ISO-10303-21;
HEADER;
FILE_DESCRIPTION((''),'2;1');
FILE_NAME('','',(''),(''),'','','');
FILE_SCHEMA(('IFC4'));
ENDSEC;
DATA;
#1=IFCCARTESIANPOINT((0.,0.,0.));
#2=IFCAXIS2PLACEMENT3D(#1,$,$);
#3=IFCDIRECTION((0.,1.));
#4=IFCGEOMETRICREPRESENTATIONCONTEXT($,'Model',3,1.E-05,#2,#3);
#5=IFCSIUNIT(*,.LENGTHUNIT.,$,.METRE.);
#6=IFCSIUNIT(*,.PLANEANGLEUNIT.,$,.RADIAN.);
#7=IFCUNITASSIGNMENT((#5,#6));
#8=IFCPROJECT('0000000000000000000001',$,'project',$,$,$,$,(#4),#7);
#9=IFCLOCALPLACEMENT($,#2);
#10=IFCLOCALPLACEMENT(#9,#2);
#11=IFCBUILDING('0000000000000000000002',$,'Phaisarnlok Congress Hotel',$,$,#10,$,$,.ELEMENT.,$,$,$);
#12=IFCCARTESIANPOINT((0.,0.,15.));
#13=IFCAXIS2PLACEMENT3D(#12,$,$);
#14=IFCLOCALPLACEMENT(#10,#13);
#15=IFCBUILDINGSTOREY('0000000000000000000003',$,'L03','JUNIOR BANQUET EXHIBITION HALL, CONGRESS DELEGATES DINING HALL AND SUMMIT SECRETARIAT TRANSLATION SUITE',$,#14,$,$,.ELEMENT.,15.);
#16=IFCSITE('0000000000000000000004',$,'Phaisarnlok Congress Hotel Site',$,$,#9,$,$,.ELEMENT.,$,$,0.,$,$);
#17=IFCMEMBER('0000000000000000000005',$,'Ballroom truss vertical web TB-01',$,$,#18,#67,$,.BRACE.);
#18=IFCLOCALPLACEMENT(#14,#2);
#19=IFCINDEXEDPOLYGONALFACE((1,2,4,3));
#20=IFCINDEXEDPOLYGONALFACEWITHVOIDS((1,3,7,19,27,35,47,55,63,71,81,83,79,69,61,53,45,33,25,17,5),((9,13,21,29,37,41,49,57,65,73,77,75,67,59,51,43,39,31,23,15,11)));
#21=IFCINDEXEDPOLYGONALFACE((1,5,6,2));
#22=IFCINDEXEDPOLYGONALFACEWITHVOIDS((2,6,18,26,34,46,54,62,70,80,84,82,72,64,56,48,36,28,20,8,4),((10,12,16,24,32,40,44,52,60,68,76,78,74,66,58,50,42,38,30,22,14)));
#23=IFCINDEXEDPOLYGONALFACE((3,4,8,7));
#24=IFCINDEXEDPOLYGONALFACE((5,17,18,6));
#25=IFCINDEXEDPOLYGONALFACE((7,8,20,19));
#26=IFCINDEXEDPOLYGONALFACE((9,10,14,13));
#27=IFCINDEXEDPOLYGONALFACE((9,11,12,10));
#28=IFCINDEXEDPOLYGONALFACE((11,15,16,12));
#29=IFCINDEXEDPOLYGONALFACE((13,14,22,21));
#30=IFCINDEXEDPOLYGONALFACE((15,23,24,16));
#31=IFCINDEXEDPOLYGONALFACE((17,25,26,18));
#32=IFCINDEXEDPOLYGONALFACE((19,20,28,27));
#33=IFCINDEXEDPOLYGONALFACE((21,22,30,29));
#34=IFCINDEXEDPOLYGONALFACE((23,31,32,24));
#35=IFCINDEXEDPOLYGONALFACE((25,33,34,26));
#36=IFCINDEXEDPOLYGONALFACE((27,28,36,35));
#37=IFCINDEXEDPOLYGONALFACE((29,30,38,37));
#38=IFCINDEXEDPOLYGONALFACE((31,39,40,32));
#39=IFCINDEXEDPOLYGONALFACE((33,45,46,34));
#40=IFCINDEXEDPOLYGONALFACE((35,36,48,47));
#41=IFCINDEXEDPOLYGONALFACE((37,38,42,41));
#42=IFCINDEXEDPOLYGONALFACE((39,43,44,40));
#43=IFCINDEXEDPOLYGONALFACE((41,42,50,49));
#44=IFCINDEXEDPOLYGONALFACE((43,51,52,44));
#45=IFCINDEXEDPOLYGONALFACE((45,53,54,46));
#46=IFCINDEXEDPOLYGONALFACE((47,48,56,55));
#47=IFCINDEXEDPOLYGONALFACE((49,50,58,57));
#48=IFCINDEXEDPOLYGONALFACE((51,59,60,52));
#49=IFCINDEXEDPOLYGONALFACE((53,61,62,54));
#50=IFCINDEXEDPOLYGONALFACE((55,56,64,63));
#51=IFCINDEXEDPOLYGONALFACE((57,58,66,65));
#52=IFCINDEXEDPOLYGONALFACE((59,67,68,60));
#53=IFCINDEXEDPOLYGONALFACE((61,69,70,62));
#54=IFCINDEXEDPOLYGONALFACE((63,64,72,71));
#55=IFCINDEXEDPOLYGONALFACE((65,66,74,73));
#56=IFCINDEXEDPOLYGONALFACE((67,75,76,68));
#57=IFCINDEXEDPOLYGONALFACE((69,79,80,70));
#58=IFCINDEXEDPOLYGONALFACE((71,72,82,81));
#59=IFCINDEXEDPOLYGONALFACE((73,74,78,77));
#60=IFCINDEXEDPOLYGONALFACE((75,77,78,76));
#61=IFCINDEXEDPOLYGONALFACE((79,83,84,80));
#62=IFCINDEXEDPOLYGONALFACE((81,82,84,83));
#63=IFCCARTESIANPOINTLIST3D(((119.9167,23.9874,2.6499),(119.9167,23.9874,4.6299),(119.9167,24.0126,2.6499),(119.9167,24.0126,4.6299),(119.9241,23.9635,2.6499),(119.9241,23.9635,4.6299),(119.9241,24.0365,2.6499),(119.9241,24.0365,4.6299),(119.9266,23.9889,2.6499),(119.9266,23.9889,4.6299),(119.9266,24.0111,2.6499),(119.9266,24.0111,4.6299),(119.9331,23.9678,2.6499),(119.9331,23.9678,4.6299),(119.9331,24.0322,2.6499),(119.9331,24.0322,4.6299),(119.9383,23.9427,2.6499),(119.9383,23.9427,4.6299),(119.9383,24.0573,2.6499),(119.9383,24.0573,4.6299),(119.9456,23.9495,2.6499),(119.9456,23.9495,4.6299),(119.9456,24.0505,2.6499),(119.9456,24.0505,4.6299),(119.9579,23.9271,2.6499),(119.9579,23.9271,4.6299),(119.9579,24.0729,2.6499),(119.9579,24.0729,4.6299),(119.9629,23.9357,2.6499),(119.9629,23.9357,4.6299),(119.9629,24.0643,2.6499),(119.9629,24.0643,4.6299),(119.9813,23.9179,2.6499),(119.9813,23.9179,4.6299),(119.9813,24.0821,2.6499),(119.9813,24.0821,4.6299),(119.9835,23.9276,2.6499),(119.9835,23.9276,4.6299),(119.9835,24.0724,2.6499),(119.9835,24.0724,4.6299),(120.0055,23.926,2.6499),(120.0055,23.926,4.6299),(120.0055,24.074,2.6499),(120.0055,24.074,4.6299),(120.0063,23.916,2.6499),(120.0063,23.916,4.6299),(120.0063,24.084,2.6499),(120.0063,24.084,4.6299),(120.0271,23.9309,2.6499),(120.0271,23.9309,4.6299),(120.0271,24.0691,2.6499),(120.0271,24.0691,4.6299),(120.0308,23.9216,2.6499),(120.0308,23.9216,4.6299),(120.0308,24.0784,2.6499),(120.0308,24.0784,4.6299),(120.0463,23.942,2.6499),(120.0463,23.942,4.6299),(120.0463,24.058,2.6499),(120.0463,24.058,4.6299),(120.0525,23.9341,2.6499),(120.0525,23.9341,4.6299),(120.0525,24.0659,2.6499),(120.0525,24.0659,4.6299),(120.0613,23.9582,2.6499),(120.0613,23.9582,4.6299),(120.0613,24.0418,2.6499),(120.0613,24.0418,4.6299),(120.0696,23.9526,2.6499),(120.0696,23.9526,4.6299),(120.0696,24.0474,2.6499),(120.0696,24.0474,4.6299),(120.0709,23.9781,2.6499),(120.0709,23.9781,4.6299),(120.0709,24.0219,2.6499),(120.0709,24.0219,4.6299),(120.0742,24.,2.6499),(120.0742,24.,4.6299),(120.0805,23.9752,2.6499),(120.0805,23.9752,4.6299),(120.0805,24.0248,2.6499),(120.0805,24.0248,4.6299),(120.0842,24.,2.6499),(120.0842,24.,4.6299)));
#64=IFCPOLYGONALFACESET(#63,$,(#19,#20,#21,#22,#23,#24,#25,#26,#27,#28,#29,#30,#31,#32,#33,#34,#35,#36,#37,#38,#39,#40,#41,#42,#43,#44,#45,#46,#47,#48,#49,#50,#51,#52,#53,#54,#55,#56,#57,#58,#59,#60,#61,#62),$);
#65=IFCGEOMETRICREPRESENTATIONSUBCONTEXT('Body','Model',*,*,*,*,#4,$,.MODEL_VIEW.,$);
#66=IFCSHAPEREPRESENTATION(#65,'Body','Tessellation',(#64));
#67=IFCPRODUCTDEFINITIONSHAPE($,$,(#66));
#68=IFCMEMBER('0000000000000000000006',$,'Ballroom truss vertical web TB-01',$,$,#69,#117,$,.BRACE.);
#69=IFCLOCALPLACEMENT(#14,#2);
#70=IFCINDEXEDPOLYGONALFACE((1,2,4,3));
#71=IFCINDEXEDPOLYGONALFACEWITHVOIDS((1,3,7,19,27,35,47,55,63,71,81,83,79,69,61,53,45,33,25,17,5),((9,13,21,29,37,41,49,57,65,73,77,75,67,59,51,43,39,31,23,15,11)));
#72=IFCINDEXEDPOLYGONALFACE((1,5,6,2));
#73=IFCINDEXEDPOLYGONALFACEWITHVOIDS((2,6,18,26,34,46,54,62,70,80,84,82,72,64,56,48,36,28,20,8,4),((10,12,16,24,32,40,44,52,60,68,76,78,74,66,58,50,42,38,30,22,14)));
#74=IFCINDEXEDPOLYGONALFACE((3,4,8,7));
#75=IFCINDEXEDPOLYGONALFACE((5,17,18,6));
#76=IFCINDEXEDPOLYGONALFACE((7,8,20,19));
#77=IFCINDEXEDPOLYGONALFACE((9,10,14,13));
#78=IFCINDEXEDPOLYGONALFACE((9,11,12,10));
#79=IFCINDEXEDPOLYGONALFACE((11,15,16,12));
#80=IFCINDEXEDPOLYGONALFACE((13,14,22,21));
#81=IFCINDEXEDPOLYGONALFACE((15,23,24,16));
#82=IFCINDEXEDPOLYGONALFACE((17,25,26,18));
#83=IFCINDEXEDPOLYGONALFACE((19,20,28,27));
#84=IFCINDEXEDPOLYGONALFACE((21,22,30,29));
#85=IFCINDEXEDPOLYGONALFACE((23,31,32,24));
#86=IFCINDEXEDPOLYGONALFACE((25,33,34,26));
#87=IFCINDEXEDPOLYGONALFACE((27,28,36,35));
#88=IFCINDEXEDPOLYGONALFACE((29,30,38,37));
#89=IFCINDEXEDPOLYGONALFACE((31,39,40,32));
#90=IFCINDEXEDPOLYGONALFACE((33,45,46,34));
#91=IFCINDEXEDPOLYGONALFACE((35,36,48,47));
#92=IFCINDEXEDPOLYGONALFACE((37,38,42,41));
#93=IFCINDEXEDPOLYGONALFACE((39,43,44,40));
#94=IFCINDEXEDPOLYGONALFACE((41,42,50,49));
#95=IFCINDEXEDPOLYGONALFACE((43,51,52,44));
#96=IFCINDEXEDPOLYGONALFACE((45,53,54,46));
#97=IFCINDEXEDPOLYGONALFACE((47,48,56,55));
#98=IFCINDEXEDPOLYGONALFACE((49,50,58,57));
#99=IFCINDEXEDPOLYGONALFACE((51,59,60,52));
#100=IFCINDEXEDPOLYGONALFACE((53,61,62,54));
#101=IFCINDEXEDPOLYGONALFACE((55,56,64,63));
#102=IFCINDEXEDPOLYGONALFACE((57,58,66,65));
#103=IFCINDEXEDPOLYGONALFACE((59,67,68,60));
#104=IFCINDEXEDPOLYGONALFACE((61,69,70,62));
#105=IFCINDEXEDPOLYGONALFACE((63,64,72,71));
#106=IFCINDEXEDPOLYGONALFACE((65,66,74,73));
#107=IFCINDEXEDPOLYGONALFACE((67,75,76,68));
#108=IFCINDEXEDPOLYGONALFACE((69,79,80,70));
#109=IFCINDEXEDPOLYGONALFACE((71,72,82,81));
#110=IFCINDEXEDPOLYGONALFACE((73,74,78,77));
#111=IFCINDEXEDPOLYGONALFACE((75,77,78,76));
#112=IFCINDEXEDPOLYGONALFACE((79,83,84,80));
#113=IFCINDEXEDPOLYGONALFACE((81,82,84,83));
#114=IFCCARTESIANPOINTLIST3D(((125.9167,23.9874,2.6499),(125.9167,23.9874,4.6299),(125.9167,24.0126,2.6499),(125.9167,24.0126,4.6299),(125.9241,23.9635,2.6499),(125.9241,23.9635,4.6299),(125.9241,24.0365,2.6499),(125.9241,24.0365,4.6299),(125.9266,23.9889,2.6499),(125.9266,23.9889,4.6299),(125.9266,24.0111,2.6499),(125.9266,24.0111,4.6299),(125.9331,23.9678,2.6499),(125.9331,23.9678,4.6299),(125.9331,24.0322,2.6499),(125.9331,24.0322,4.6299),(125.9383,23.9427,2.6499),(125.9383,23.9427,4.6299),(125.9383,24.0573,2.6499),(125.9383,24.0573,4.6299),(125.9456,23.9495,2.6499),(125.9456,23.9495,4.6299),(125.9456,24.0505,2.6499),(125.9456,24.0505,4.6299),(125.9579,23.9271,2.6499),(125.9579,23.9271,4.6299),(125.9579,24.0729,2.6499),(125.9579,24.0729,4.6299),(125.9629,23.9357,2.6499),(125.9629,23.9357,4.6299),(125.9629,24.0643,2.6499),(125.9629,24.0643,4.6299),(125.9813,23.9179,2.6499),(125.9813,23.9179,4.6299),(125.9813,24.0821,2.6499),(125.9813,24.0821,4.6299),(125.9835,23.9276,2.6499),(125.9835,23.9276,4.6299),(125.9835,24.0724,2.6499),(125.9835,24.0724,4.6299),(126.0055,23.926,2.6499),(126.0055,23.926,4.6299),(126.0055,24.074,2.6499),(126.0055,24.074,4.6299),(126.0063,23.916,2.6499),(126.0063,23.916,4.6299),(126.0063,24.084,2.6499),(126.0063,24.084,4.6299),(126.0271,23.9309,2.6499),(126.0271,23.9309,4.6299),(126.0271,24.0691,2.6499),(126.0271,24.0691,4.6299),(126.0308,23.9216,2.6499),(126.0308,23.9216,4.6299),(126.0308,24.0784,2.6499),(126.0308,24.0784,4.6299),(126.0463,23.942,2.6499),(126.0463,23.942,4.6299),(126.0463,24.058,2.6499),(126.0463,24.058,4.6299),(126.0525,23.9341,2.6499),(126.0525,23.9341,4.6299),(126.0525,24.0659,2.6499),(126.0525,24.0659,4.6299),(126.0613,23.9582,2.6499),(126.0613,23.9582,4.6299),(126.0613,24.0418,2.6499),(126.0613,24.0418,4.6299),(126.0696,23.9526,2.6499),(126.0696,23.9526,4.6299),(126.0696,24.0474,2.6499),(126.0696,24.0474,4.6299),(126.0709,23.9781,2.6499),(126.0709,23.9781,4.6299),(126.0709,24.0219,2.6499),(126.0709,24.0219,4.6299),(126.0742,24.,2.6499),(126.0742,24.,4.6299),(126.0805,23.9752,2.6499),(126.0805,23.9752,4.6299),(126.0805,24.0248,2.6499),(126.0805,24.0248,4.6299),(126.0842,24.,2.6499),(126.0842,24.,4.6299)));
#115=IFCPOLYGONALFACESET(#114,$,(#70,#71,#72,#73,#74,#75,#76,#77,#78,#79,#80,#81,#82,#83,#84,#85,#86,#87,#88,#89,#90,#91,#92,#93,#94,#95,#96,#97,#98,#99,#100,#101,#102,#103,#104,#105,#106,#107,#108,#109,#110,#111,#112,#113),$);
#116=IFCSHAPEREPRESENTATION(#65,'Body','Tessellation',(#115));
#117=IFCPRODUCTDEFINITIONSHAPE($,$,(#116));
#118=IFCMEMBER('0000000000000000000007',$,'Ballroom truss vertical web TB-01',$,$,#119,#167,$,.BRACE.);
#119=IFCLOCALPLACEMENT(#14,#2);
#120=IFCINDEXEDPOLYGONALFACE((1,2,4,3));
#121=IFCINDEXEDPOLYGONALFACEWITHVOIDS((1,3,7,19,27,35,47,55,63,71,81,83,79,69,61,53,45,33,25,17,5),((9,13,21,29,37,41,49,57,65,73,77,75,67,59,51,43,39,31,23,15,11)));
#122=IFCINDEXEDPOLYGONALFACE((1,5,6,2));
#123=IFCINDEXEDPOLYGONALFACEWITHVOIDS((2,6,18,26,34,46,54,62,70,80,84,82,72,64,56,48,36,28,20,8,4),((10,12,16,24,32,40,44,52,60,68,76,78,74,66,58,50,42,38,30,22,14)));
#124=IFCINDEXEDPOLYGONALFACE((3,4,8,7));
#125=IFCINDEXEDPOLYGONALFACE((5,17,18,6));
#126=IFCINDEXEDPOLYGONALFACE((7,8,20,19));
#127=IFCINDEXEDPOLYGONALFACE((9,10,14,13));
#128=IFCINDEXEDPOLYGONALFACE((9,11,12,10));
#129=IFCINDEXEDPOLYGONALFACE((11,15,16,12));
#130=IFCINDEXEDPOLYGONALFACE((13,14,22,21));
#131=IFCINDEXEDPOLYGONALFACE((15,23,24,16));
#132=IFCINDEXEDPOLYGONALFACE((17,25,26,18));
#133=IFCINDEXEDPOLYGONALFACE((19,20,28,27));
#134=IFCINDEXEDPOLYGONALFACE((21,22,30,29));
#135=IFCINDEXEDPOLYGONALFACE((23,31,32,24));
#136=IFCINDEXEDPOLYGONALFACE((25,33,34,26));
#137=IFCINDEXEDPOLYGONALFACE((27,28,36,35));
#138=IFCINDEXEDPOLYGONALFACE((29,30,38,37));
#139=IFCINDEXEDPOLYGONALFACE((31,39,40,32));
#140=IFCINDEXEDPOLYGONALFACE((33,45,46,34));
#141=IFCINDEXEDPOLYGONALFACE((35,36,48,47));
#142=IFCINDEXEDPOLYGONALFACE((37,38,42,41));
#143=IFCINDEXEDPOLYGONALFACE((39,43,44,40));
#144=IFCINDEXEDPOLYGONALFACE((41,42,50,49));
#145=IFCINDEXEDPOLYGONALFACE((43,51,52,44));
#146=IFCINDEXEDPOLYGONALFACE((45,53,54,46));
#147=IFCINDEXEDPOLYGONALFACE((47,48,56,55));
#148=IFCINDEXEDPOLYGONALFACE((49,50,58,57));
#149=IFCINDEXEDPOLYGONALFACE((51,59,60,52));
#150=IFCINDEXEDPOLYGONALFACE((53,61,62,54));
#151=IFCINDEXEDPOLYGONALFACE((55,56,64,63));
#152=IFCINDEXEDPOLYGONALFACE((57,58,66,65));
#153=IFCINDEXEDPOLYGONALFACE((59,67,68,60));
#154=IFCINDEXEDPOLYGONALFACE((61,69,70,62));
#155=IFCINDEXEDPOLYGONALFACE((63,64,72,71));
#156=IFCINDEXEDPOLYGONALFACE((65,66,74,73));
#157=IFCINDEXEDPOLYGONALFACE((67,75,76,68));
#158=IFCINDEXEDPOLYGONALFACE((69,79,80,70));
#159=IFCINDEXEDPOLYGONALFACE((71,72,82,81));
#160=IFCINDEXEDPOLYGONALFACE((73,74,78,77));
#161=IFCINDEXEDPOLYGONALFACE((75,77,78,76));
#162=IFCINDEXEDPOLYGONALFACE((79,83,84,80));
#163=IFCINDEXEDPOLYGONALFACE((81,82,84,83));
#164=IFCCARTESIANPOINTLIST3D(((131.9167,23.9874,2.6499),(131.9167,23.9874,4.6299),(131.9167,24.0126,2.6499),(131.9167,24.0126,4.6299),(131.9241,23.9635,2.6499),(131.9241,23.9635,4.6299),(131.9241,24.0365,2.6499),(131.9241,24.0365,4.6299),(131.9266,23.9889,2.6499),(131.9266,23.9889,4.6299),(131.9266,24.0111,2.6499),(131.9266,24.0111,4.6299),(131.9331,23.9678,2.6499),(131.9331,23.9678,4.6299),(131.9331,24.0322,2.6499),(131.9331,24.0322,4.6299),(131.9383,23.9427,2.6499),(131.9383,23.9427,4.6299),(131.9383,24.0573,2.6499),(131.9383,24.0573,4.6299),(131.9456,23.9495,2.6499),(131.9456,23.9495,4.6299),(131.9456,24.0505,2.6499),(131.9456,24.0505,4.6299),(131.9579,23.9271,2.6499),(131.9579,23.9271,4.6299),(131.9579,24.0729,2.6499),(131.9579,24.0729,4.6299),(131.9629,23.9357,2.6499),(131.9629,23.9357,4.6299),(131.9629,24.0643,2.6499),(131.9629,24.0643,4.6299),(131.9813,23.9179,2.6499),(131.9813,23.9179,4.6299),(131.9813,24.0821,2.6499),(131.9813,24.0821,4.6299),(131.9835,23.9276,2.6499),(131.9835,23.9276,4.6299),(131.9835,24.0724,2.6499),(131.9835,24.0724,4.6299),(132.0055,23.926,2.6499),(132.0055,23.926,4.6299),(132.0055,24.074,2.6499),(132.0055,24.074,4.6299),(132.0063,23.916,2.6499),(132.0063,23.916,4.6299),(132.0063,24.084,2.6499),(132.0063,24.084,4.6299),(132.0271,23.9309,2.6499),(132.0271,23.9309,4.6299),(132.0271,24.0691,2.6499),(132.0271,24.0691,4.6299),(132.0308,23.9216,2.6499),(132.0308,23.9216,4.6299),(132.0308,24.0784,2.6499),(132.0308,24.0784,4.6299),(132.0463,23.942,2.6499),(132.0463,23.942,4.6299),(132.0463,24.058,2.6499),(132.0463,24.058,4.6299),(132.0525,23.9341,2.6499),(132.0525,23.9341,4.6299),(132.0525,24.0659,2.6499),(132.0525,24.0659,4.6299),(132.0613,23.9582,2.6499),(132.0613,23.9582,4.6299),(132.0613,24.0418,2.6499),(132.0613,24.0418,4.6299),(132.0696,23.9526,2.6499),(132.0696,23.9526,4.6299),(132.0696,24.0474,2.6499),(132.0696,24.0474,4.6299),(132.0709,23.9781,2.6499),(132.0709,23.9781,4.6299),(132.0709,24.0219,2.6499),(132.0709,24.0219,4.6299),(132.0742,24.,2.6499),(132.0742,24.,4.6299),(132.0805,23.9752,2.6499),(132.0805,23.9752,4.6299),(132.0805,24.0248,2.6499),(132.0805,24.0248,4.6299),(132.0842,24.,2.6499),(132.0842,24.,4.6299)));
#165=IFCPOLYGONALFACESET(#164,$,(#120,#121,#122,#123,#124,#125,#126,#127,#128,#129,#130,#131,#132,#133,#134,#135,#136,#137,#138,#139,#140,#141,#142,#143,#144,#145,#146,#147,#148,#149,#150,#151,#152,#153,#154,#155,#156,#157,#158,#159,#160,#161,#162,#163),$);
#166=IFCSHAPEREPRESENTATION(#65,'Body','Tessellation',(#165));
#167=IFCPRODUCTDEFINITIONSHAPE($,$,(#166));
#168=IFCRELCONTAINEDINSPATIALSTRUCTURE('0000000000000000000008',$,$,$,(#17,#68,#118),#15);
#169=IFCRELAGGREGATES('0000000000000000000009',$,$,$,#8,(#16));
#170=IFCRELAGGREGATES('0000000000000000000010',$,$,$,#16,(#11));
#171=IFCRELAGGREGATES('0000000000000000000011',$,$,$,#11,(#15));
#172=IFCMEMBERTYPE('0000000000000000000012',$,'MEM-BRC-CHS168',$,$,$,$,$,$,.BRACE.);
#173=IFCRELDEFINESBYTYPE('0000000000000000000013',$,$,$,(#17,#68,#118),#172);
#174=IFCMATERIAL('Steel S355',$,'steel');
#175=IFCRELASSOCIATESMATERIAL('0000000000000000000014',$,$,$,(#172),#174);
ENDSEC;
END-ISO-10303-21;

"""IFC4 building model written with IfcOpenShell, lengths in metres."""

from ifc_helpers import new_model, si_unit, direction, frame, origin, origin_2d, place, context, subcontext, project, spatial, hollow_circle, extrude, material, material_profile, profile_set, type_object, element, save


model = new_model("IFC4")

# Units and contexts
model_context = context("Model", 3, precision=1e-05, world=origin(), true_north=direction((0.0, 1.0)))
body_context = subcontext(model_context, "Body", "Model", "MODEL_VIEW")
ifc_project = project(units=[si_unit("LENGTHUNIT", "METRE"), si_unit("PLANEANGLEUNIT", "RADIAN")], contexts=[model_context])

# Site, building, storey
site_placement = place(None, origin())
site = spatial("IfcSite", under=ifc_project, at=site_placement, Name="Phaisarnlok Congress Hotel Site", CompositionType="ELEMENT", RefElevation=0.0)
building_placement = place(site_placement, origin())
building = spatial("IfcBuilding", under=site, at=building_placement, Name="Phaisarnlok Congress Hotel", CompositionType="ELEMENT")
storey_placement = place(building_placement, frame((0.0, 0.0, 15.0)))
storey = spatial("IfcBuildingStorey", under=building, at=storey_placement, Name="L03", Description="JUNIOR BANQUET EXHIBITION HALL, CONGRESS DELEGATES DINING HALL AND SUMMIT SECRETARIAT TRANSLATION SUITE", CompositionType="ELEMENT", Elevation=15.0)

# Members
ifc_material = material(Name="Steel S355", Category="steel")
ifc_material_profile_1 = material_profile(ifc_material, hollow_circle(Radius=0.0842, WallThickness=0.01, at=origin_2d()), Name="CHS 168.3x10")
ifc_profile_set_1 = profile_set([ifc_material_profile_1], Name="Steel S355")
member_type_1 = type_object("IfcMemberType", Name="MEM-BRC-CHS168", PredefinedType="BRACE", material=ifc_profile_set_1)
for number, where, z_axis, x_axis, name in (
    (1, (120.0, 24.0, 2.6499), (0.0, 0.0, 1.0), (1.0, 0.0, 0.0), "Ballroom truss vertical web TB-01"),
    (2, (126.0, 24.0, 2.6499), (0.0, 0.0, 1.0), (1.0, 0.0, 0.0), "Ballroom truss vertical web TB-01"),
    (3, (132.0, 24.0, 2.6499), (0.0, 0.0, 1.0), (1.0, 0.0, 0.0), "Ballroom truss vertical web TB-01"),
):
    element("IfcMember", number, at=place(storey_placement, frame(where, z_axis=z_axis, x_axis=x_axis)), inside=storey, type_object=member_type_1, Name=name, PredefinedType="BRACE", context=body_context, shape_type="SweptSolid", body=[
        extrude(hollow_circle(Radius=0.0842, WallThickness=0.01, at=origin_2d()), origin(), (0.0, 0.0, 1.0), 1.98),
    ])

save(model, "model.ifc")
